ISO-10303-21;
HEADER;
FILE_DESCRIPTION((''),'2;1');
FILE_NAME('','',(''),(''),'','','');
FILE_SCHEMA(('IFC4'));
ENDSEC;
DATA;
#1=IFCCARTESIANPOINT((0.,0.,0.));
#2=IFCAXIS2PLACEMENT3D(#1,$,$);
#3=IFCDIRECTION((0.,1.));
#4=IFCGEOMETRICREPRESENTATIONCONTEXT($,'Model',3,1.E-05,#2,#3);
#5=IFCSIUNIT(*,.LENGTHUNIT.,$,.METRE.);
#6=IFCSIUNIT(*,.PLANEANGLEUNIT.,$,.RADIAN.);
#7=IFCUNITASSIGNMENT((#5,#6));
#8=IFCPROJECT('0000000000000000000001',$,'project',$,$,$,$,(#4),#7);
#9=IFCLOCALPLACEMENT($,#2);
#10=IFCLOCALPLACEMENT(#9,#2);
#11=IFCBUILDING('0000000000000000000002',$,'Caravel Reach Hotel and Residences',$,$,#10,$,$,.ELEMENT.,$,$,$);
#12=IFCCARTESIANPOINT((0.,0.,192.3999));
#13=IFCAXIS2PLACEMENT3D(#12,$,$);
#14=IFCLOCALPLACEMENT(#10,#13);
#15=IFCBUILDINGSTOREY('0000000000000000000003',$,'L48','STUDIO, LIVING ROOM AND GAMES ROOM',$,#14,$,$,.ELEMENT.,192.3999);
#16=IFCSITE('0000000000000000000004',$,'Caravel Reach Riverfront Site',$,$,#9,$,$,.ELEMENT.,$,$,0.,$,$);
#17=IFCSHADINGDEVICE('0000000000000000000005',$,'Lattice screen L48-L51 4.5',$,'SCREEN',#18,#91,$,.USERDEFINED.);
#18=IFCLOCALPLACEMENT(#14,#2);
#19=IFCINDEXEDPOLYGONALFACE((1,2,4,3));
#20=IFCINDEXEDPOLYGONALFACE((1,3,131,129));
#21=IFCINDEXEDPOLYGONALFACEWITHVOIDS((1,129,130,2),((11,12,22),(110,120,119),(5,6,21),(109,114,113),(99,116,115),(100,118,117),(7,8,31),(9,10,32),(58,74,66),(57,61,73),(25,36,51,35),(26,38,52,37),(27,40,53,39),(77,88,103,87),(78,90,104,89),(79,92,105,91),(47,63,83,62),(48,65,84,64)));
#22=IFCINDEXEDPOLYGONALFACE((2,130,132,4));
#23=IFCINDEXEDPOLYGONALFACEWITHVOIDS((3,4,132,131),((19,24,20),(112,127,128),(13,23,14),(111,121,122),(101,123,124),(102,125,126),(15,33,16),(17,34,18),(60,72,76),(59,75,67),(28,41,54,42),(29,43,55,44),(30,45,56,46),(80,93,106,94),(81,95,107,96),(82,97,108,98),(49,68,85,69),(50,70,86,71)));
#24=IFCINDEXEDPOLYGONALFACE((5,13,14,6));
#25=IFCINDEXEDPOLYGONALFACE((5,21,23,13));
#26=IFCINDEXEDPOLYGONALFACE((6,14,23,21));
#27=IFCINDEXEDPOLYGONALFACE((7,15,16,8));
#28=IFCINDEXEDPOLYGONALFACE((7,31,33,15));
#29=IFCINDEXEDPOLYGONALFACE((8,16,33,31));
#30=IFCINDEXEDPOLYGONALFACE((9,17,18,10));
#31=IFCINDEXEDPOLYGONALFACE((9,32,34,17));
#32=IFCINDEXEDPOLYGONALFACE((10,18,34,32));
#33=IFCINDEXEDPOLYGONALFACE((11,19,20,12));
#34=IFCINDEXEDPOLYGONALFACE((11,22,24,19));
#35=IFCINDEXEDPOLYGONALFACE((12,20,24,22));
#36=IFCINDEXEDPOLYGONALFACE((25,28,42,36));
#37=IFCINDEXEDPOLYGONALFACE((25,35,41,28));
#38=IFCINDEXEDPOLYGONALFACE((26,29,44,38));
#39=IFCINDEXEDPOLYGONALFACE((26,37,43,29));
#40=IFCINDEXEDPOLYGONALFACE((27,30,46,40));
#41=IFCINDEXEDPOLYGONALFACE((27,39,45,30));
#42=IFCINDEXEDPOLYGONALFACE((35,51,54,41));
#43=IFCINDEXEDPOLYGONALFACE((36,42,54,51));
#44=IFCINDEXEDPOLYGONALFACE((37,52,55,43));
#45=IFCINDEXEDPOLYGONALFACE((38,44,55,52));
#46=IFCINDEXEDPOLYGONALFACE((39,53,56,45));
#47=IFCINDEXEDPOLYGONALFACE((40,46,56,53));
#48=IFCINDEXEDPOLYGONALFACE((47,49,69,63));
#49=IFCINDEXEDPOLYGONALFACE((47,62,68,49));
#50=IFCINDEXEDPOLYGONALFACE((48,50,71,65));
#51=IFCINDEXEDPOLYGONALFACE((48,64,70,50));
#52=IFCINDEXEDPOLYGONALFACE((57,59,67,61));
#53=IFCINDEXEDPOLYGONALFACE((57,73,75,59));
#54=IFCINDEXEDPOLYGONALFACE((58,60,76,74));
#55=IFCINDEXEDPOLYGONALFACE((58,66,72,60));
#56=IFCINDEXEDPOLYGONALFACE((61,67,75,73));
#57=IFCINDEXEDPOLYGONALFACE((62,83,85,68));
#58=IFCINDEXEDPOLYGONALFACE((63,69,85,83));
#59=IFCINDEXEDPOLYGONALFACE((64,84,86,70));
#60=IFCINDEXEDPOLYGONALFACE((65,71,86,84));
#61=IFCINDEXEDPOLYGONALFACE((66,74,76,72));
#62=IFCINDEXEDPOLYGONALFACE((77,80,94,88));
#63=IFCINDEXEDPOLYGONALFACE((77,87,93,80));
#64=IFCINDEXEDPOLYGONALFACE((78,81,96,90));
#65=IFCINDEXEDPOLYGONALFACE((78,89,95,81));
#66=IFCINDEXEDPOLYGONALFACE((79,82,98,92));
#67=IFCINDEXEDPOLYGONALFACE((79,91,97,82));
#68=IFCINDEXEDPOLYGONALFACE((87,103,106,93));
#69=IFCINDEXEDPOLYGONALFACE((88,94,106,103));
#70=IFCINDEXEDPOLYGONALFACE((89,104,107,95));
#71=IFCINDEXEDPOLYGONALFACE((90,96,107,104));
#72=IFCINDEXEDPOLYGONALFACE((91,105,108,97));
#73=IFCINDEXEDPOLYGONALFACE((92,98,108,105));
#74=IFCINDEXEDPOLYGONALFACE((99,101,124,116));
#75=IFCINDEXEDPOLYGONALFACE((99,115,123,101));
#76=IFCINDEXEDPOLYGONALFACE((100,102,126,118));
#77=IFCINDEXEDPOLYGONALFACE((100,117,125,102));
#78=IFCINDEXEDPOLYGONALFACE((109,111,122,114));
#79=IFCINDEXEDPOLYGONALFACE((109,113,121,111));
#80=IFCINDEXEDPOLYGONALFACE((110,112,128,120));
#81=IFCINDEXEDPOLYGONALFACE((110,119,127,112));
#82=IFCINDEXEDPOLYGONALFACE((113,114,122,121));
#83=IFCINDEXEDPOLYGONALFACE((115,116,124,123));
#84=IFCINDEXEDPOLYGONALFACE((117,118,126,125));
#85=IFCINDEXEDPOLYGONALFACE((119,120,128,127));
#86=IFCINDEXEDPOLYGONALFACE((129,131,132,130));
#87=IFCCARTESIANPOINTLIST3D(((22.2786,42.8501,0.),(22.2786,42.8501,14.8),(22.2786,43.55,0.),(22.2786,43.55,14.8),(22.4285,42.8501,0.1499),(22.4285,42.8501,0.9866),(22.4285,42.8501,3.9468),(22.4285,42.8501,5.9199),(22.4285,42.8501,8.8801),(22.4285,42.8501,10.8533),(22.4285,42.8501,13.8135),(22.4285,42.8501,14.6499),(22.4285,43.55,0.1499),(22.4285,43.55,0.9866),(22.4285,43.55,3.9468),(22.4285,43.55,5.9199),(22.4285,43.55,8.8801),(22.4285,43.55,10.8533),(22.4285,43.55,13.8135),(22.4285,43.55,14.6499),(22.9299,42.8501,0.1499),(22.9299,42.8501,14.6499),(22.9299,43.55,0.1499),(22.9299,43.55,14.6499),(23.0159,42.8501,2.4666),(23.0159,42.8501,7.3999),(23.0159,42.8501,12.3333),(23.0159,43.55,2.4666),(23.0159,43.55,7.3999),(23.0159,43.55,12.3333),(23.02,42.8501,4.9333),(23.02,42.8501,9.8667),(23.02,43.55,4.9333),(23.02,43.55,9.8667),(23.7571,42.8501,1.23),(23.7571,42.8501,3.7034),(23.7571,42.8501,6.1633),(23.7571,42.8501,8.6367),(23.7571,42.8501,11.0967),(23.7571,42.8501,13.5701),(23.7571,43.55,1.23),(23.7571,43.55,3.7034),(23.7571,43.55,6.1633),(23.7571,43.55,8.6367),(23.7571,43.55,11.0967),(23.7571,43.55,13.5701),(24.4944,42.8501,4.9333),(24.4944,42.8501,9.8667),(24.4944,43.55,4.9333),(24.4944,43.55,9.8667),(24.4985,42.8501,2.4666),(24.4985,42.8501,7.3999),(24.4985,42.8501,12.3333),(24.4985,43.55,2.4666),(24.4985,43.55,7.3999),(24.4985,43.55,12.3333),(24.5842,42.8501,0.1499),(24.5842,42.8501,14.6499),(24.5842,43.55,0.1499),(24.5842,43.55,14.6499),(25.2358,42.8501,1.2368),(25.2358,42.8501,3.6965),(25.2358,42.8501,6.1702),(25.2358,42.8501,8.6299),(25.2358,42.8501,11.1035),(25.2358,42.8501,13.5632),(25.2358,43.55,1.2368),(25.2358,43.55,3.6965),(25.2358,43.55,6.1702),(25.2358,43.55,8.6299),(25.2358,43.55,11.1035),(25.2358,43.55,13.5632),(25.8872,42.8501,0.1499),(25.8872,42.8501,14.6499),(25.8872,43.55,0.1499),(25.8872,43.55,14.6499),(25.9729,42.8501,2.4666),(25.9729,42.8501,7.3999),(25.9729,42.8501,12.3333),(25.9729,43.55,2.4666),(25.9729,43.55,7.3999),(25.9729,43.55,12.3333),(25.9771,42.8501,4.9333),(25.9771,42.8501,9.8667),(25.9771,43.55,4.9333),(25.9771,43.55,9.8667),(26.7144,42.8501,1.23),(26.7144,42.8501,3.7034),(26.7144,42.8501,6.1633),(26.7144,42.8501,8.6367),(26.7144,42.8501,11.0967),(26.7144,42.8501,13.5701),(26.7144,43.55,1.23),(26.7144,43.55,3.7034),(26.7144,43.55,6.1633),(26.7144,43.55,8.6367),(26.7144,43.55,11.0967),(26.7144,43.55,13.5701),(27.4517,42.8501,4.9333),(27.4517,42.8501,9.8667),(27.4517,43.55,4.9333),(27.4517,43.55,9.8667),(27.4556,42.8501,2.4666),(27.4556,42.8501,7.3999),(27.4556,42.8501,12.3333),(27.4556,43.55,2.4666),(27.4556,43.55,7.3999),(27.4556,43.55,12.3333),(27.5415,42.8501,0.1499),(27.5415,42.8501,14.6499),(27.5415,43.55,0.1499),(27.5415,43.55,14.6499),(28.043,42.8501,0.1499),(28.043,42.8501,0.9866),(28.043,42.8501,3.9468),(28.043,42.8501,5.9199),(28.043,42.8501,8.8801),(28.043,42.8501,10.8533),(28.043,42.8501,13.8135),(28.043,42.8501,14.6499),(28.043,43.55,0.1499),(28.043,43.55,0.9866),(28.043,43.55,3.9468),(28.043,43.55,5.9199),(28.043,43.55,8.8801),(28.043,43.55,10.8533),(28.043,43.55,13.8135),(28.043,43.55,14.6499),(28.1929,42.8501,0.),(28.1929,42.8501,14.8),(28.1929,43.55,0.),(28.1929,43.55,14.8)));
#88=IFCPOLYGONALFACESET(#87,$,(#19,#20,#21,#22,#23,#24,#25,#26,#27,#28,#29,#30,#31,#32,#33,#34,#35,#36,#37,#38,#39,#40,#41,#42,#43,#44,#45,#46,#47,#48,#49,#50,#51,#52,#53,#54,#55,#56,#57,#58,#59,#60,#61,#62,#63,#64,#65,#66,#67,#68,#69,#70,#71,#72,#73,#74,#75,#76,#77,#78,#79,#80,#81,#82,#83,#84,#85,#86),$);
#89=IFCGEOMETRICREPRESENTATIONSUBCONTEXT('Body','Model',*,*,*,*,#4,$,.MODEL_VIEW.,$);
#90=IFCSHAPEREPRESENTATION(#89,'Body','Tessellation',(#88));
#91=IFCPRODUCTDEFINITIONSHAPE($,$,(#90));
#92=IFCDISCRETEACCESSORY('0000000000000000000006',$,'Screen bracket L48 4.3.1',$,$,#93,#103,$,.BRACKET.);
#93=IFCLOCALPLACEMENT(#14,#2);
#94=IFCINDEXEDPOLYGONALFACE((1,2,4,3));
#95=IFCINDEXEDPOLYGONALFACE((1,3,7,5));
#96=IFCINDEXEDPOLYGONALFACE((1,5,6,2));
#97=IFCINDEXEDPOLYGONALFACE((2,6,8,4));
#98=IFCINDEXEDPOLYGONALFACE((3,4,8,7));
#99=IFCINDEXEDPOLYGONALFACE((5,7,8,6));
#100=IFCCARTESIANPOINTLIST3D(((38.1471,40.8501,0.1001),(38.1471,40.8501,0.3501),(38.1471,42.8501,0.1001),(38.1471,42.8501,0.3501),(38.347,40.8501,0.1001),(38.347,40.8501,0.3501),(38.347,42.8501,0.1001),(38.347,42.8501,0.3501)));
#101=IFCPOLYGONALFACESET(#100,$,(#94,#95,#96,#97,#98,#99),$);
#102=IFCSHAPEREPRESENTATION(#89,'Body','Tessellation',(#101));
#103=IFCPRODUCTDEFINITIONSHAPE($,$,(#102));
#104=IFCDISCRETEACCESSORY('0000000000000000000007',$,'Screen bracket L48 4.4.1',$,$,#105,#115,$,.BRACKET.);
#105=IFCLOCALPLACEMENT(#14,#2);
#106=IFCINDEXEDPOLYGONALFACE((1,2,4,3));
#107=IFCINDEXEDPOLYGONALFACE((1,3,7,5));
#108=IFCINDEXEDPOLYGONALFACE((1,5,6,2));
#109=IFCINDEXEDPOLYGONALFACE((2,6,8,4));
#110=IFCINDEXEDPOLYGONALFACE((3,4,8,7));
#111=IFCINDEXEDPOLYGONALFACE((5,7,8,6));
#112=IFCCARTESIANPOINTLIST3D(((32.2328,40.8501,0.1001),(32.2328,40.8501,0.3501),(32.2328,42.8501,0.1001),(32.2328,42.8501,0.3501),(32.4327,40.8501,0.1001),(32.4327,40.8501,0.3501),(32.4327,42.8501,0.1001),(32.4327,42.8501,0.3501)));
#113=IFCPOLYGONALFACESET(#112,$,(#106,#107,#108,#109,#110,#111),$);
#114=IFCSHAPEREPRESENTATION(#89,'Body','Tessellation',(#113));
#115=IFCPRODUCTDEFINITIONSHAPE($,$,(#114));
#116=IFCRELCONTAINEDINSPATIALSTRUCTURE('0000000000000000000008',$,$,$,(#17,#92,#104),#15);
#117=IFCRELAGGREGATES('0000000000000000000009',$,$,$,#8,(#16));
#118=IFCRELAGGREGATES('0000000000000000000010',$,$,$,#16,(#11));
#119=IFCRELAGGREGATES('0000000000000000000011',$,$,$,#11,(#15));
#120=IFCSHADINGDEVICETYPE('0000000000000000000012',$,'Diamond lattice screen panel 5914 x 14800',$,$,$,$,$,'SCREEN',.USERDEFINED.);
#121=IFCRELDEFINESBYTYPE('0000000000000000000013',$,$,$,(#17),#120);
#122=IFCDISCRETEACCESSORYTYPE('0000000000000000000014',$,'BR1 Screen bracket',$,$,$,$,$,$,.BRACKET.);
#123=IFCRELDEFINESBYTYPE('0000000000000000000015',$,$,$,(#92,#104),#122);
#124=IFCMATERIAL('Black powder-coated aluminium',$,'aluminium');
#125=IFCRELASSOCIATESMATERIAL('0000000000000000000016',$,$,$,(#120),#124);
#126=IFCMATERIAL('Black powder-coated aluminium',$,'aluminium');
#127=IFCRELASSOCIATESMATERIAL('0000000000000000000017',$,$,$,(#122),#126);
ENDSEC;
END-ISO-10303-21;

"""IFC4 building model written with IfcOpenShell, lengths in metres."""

from ifc_helpers import new_model, si_unit, direction, frame, origin, origin_2d, place, context, subcontext, project, spatial, polyline, rectangle, outline, extrude, material, type_object, element, save


model = new_model("IFC4")

# Units and contexts
model_context = context("Model", 3, precision=1e-05, world=origin(), true_north=direction((0.0, 1.0)))
body_context = subcontext(model_context, "Body", "Model", "MODEL_VIEW")
ifc_project = project(units=[si_unit("LENGTHUNIT", "METRE"), si_unit("PLANEANGLEUNIT", "RADIAN")], contexts=[model_context])

# Site, building, storey
site_placement = place(None, origin())
site = spatial("IfcSite", under=ifc_project, at=site_placement, Name="Caravel Reach Riverfront Site", CompositionType="ELEMENT", RefElevation=0.0)
building_placement = place(site_placement, origin())
building = spatial("IfcBuilding", under=site, at=building_placement, Name="Caravel Reach Hotel and Residences", CompositionType="ELEMENT")
storey_placement = place(building_placement, frame((0.0, 0.0, 192.3999)))
storey = spatial("IfcBuildingStorey", under=building, at=storey_placement, Name="L48", Description="STUDIO, LIVING ROOM AND GAMES ROOM", CompositionType="ELEMENT", Elevation=192.3999)

# Shading device
ifc_material_1 = material(Name="Black powder-coated aluminium", Category="aluminium")
shading_device_type = type_object("IfcShadingDeviceType", Name="Diamond lattice screen panel 5914 x 14800", ElementType="SCREEN", PredefinedType="USERDEFINED", material=ifc_material_1)
shading_device_1_placement = place(storey_placement, frame((28.1929, 42.8501, 0.0), z_axis=(0.0, 1.0, 0.0), x_axis=(-1.0, 0.0, 0.0)))
element("IfcShadingDevice", 1, at=shading_device_1_placement, inside=storey, type_object=shading_device_type, Name="Lattice screen L48-L51 4.5", ObjectType="SCREEN", PredefinedType="USERDEFINED", context=body_context, shape_type="SweptSolid", body=[
    extrude(outline(polyline([(0.0, 0.0), (5.9143, 0.0), (5.9143, 14.8), (0.0, 14.8), (0.0, 0.0)]), holes=[polyline([(0.6514, 0.1499), (0.1499, 0.9866), (0.1499, 0.1499), (0.6514, 0.1499)]), polyline([(0.7412, 4.9333), (0.1499, 5.9199), (0.1499, 3.9468), (0.7412, 4.9333)]), polyline([(0.7412, 9.8667), (0.1499, 10.8533), (0.1499, 8.8801), (0.7412, 9.8667)]), polyline([(0.1499, 13.8135), (0.6514, 14.6499), (0.1499, 14.6499), (0.1499, 13.8135)]), polyline([(1.4785, 3.7034), (0.7373, 2.4666), (1.4785, 1.23), (2.22, 2.4666), (1.4785, 3.7034)]), polyline([(1.4785, 8.6367), (0.7373, 7.3999), (1.4785, 6.1633), (2.22, 7.3999), (1.4785, 8.6367)]), polyline([(1.4785, 13.5701), (0.7373, 12.3333), (1.4785, 11.0967), (2.22, 12.3333), (1.4785, 13.5701)]), polyline([(2.957, 1.2368), (2.3057, 0.1499), (3.6086, 0.1499), (2.957, 1.2368)]), polyline([(2.957, 6.1702), (2.2158, 4.9333), (2.957, 3.6965), (3.6985, 4.9333), (2.957, 6.1702)]), polyline([(2.957, 11.1035), (2.2158, 9.8667), (2.957, 8.6299), (3.6985, 9.8667), (2.957, 11.1035)]), polyline([(2.957, 13.5632), (3.6086, 14.6499), (2.3057, 14.6499), (2.957, 13.5632)]), polyline([(4.4358, 3.7034), (3.6943, 2.4666), (4.4358, 1.23), (5.177, 2.4666), (4.4358, 3.7034)]), polyline([(4.4358, 8.6367), (3.6943, 7.3999), (4.4358, 6.1633), (5.177, 7.3999), (4.4358, 8.6367)]), polyline([(4.4358, 13.5701), (3.6943, 12.3333), (4.4358, 11.0967), (5.177, 12.3333), (4.4358, 13.5701)]), polyline([(5.7644, 0.9866), (5.2629, 0.1499), (5.7644, 0.1499), (5.7644, 0.9866)]), polyline([(5.1729, 4.9333), (5.7644, 3.9468), (5.7644, 5.9199), (5.1729, 4.9333)]), polyline([(5.1729, 9.8667), (5.7644, 8.8801), (5.7644, 10.8533), (5.1729, 9.8667)]), polyline([(5.2629, 14.6499), (5.7644, 13.8135), (5.7644, 14.6499), (5.2629, 14.6499)])]), origin(), (0.0, 0.0, 1.0), 0.7),
])

# Discrete accessories
ifc_material_2 = material(Name="Black powder-coated aluminium", Category="aluminium")
discrete_accessory_type = type_object("IfcDiscreteAccessoryType", Name="BR1 Screen bracket", PredefinedType="BRACKET", material=ifc_material_2)
for number, where, z_axis, x_axis, name in (
    (2, (38.2471, 41.8501, 0.1001), (0.0, 0.0, 1.0), (0.0, 1.0, 0.0), "Screen bracket L48 4.3.1"),
    (3, (32.3328, 41.8501, 0.1001), (0.0, 0.0, 1.0), (0.0, 1.0, 0.0), "Screen bracket L48 4.4.1"),
):
    element("IfcDiscreteAccessory", number, at=place(storey_placement, frame(where, z_axis=z_axis, x_axis=x_axis)), inside=storey, type_object=discrete_accessory_type, Name=name, PredefinedType="BRACKET", context=body_context, shape_type="SweptSolid", body=[
        extrude(rectangle(XDim=2.0, YDim=0.2, at=origin_2d()), origin(), (0.0, 0.0, 1.0), 0.25),
    ])

save(model, "model.ifc")
